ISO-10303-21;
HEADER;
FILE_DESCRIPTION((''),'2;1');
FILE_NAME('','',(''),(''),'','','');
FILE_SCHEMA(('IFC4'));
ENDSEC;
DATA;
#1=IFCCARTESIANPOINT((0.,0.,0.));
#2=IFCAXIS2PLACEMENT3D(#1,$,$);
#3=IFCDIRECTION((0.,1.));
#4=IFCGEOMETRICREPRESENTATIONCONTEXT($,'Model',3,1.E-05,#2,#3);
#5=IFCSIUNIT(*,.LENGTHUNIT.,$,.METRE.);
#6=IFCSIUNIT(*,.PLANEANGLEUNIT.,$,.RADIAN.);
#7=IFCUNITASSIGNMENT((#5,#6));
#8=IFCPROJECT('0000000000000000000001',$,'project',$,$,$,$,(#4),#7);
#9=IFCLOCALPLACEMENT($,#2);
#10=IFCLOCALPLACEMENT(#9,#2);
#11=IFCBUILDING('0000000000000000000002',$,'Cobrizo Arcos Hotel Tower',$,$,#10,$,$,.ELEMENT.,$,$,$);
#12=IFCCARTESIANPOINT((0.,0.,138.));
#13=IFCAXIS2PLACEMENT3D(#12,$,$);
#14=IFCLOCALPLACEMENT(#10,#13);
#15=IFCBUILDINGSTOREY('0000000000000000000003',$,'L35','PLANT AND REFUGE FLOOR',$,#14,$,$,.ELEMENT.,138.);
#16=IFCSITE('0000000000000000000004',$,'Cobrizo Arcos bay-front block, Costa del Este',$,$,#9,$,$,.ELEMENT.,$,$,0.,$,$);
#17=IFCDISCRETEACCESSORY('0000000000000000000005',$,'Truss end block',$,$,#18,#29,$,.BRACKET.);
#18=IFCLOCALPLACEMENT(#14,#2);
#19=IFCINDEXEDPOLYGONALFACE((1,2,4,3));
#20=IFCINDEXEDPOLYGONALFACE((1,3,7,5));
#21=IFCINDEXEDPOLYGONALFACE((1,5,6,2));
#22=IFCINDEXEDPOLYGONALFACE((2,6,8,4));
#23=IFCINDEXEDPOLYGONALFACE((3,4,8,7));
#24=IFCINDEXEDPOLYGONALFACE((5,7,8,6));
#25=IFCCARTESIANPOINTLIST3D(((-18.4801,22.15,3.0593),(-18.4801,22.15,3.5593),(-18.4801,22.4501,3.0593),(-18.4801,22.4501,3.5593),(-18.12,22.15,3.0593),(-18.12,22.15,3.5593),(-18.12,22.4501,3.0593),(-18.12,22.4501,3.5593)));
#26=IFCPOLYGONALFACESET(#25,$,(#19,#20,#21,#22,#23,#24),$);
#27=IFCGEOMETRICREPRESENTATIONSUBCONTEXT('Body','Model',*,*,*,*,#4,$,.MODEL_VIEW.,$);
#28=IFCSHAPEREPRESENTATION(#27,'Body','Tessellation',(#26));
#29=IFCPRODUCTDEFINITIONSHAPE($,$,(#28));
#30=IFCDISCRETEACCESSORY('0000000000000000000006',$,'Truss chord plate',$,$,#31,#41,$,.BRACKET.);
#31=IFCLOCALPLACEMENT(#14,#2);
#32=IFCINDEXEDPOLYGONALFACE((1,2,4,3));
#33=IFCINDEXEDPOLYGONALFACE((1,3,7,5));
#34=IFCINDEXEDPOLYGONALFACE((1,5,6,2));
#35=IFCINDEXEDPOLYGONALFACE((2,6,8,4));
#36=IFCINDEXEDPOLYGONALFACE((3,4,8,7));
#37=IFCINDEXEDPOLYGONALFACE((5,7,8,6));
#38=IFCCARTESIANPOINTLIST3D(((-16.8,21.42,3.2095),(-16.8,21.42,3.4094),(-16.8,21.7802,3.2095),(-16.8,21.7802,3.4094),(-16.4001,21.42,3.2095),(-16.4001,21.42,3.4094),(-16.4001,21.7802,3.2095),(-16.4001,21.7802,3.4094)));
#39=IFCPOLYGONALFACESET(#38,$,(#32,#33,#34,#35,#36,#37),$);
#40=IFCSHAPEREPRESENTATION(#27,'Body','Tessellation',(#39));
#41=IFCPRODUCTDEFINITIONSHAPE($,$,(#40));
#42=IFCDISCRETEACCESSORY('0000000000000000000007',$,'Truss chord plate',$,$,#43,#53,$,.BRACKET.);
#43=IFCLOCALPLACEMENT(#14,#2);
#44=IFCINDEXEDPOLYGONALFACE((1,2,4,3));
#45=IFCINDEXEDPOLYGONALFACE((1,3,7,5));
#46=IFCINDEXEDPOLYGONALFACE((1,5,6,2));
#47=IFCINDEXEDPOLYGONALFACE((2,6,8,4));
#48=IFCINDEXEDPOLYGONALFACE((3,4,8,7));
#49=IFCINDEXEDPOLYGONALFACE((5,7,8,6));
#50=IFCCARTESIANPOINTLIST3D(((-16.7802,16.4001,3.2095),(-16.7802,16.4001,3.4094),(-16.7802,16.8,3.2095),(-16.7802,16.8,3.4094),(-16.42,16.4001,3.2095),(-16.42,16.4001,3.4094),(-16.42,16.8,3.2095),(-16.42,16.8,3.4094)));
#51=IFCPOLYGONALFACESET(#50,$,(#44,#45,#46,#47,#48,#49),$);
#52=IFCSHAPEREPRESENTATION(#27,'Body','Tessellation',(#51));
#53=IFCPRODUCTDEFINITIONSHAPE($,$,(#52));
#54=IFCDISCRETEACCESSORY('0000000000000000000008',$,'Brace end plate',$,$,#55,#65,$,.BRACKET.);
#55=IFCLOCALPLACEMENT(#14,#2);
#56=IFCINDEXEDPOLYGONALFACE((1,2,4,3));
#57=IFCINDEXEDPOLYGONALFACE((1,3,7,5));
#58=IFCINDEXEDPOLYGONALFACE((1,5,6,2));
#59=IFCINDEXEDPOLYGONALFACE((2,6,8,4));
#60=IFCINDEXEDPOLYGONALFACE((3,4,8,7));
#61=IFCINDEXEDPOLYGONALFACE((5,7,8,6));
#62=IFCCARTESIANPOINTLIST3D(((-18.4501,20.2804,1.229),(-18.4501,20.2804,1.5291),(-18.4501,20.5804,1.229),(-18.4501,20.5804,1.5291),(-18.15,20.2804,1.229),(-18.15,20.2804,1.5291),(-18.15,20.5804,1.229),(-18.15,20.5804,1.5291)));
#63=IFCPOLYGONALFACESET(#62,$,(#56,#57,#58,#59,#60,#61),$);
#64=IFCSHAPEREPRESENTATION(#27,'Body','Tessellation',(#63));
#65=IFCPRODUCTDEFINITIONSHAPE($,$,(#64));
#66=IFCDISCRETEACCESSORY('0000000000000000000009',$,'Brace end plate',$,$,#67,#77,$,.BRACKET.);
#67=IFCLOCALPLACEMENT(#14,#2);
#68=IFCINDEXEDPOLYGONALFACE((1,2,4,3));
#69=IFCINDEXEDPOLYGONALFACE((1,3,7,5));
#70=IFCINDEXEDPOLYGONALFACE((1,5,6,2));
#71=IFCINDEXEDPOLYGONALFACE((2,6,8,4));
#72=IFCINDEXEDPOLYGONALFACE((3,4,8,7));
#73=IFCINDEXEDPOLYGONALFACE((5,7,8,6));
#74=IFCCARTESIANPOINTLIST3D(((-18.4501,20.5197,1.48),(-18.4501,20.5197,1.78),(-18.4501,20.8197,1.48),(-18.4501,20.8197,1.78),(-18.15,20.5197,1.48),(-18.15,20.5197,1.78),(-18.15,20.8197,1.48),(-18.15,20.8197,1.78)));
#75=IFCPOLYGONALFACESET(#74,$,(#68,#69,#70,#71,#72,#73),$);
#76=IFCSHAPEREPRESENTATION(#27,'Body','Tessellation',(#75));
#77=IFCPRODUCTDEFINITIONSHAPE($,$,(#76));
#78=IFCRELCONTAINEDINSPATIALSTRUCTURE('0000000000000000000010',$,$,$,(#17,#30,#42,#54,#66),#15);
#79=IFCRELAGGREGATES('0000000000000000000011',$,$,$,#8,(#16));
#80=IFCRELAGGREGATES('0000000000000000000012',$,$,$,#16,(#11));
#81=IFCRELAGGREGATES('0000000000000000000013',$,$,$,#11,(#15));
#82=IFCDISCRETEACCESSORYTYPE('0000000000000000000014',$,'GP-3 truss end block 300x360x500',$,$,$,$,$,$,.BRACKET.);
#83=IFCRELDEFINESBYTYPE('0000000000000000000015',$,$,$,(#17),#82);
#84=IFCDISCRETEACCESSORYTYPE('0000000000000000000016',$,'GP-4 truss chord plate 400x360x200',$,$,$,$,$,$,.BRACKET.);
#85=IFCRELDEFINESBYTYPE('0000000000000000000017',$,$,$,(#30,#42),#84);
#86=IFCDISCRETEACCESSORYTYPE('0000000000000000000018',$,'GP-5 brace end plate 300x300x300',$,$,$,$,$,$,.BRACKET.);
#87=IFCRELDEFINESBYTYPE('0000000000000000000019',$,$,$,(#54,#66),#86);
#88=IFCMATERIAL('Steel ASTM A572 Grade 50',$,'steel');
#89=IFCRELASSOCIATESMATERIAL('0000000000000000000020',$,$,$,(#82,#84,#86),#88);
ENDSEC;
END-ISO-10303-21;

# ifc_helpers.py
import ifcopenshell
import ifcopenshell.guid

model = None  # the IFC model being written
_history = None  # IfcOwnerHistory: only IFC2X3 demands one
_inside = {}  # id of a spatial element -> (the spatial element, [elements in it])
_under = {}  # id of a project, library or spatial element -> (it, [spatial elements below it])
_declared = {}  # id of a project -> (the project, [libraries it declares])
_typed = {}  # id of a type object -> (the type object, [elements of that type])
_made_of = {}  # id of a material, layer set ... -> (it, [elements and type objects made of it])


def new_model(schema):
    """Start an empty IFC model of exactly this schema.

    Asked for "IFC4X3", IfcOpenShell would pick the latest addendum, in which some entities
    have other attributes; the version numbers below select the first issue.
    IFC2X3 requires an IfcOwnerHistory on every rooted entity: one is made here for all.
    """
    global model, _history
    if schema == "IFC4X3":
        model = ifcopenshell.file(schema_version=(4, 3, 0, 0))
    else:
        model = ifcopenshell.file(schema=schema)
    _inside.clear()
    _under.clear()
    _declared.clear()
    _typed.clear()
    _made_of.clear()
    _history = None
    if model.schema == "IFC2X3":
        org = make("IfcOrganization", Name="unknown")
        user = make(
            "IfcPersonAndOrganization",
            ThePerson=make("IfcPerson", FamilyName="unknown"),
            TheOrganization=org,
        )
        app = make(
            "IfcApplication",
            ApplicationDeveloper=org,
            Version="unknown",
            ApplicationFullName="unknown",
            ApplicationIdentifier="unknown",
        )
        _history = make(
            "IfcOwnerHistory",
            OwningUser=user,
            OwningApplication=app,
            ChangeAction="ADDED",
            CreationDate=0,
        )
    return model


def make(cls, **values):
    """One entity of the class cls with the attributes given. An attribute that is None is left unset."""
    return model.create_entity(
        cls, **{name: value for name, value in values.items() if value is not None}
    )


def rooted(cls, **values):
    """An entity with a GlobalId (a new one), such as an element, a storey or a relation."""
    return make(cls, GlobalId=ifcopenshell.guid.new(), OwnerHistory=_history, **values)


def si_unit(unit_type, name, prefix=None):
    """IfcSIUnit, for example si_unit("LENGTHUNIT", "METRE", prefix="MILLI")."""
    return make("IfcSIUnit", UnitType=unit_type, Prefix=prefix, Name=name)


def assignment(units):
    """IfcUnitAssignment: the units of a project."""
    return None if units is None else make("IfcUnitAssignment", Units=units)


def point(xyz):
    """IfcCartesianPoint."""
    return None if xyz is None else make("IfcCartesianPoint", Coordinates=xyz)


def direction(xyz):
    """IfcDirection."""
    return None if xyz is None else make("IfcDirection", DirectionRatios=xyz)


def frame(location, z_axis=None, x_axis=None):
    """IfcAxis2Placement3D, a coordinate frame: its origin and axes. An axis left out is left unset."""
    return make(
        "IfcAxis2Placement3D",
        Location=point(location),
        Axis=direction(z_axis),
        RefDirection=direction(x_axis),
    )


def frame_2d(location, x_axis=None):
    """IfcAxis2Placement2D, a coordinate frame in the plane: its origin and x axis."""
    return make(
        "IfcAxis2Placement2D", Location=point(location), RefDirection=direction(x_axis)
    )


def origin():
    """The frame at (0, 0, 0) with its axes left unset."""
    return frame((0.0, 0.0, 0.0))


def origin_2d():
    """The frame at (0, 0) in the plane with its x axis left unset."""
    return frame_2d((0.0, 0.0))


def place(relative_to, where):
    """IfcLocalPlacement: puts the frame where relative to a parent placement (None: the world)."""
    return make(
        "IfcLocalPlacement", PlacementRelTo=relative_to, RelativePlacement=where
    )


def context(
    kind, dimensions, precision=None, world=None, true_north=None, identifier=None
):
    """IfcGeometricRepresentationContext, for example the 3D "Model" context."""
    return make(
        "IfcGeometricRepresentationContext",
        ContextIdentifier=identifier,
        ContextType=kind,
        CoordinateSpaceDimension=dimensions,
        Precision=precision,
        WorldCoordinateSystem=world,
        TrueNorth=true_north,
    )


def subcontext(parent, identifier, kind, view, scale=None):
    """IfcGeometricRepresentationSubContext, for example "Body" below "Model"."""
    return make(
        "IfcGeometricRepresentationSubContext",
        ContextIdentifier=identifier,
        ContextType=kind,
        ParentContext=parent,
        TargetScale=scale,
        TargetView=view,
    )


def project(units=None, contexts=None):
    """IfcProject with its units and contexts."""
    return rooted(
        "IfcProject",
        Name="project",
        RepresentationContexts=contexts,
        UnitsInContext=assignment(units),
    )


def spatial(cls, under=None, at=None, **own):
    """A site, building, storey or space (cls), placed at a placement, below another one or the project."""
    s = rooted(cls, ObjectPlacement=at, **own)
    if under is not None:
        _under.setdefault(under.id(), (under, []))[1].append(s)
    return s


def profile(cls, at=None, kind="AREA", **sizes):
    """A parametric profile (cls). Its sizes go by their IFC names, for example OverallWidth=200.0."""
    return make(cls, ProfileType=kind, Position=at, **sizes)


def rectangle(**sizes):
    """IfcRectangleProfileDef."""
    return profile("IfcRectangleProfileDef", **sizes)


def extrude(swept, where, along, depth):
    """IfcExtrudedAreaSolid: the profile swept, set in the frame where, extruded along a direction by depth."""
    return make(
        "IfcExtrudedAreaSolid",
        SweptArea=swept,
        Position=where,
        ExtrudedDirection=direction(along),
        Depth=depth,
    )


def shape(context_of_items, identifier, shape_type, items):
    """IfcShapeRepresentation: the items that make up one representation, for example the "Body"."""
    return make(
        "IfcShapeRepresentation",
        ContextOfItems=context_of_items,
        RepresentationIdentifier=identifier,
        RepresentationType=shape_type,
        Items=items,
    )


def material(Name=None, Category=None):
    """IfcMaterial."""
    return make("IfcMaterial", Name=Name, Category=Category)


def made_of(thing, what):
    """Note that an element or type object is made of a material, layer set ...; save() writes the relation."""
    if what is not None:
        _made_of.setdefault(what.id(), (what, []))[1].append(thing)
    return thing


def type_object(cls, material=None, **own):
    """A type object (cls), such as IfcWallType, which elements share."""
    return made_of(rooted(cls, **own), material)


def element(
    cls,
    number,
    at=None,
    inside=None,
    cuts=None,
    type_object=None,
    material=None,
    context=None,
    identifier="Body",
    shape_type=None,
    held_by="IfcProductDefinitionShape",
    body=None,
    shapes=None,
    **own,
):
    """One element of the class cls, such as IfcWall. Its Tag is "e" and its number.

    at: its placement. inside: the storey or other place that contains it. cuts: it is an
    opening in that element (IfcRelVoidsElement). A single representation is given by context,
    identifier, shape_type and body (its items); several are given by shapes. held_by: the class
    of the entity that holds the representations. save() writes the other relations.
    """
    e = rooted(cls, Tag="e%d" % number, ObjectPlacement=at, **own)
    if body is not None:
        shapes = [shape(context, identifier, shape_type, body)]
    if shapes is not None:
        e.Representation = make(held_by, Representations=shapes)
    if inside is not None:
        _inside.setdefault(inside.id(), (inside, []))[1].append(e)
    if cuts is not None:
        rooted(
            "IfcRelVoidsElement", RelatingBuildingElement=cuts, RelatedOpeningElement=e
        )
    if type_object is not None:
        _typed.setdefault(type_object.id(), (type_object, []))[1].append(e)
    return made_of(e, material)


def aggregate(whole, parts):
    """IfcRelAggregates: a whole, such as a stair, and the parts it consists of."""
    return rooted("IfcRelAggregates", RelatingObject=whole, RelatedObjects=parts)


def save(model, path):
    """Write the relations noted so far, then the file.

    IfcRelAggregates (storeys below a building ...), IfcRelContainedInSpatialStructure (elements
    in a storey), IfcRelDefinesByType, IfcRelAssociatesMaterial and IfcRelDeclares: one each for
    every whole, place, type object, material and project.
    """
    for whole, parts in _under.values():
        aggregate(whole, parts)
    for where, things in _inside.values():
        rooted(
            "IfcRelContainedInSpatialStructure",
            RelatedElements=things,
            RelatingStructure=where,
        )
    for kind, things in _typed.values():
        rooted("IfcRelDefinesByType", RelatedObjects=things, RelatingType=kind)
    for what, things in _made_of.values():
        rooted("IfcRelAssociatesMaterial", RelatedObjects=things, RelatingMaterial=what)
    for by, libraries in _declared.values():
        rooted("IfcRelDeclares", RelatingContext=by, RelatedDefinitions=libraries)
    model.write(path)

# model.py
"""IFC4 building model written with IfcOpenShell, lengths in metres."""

from ifc_helpers import new_model, si_unit, direction, frame, origin, origin_2d, place, context, subcontext, project, spatial, rectangle, extrude, material, type_object, element, save


model = new_model("IFC4")

# Units and contexts
model_context = context("Model", 3, precision=1e-05, world=origin(), true_north=direction((0.0, 1.0)))
body_context = subcontext(model_context, "Body", "Model", "MODEL_VIEW")
ifc_project = project(units=[si_unit("LENGTHUNIT", "METRE"), si_unit("PLANEANGLEUNIT", "RADIAN")], contexts=[model_context])

# Site, building, storey
site_placement = place(None, origin())
site = spatial("IfcSite", under=ifc_project, at=site_placement, Name="Cobrizo Arcos bay-front block, Costa del Este", CompositionType="ELEMENT", RefElevation=0.0)
building_placement = place(site_placement, origin())
building = spatial("IfcBuilding", under=site, at=building_placement, Name="Cobrizo Arcos Hotel Tower", CompositionType="ELEMENT")
storey_placement = place(building_placement, frame((0.0, 0.0, 138.0)))
storey = spatial("IfcBuildingStorey", under=building, at=storey_placement, Name="L35", Description="PLANT AND REFUGE FLOOR", CompositionType="ELEMENT", Elevation=138.0)

# Discrete accessories
ifc_material_1 = material(Name="Steel ASTM A572 Grade 50", Category="steel")
discrete_accessory_type_1 = type_object("IfcDiscreteAccessoryType", Name="GP-3 truss end block 300x360x500", PredefinedType="BRACKET", material=ifc_material_1)
for number, where, z_axis, x_axis, name in (
    (1, (-18.3, 22.3, 3.0593), (0.0, 0.0, 1.0), (0.0, -1.0, 0.0), "Truss end block"),
):
    element("IfcDiscreteAccessory", number, at=place(storey_placement, frame(where, z_axis=z_axis, x_axis=x_axis)), inside=storey, type_object=discrete_accessory_type_1, Name=name, PredefinedType="BRACKET", context=body_context, shape_type="SweptSolid", body=[
        extrude(rectangle(XDim=0.3, YDim=0.3601, at=origin_2d()), origin(), (0.0, 0.0, 1.0), 0.5),
    ])
discrete_accessory_type_2 = type_object("IfcDiscreteAccessoryType", Name="GP-4 truss chord plate 400x360x200", PredefinedType="BRACKET", material=ifc_material_1)
for number, where, z_axis, x_axis, name in (
    (2, (-16.6001, 21.6001, 3.2095), (0.0, 0.0, 1.0), (-1.0, 0.0, 0.0), "Truss chord plate"),
    (3, (-16.6001, 16.6001, 3.2095), (0.0, 0.0, 1.0), (0.0, -1.0, 0.0), "Truss chord plate"),
):
    element("IfcDiscreteAccessory", number, at=place(storey_placement, frame(where, z_axis=z_axis, x_axis=x_axis)), inside=storey, type_object=discrete_accessory_type_2, Name=name, PredefinedType="BRACKET", context=body_context, shape_type="SweptSolid", body=[
        extrude(rectangle(XDim=0.3999, YDim=0.3601, at=origin_2d()), origin(), (0.0, 0.0, 1.0), 0.2),
    ])
discrete_accessory_type_3 = type_object("IfcDiscreteAccessoryType", Name="GP-5 brace end plate 300x300x300", PredefinedType="BRACKET", material=ifc_material_1)
for number, where, z_axis, x_axis, name in (
    (4, (-18.3, 20.4304, 1.229), (0.0, 0.0, 1.0), (1.0, 0.0, 0.0), "Brace end plate"),
    (5, (-18.3, 20.6697, 1.48), (0.0, 0.0, 1.0), (1.0, 0.0, 0.0), "Brace end plate"),
):
    element("IfcDiscreteAccessory", number, at=place(storey_placement, frame(where, z_axis=z_axis, x_axis=x_axis)), inside=storey, type_object=discrete_accessory_type_3, Name=name, PredefinedType="BRACKET", context=body_context, shape_type="SweptSolid", body=[
        extrude(rectangle(XDim=0.3, YDim=0.3, at=origin_2d()), origin(), (0.0, 0.0, 1.0), 0.3),
    ])

save(model, "model.ifc")
